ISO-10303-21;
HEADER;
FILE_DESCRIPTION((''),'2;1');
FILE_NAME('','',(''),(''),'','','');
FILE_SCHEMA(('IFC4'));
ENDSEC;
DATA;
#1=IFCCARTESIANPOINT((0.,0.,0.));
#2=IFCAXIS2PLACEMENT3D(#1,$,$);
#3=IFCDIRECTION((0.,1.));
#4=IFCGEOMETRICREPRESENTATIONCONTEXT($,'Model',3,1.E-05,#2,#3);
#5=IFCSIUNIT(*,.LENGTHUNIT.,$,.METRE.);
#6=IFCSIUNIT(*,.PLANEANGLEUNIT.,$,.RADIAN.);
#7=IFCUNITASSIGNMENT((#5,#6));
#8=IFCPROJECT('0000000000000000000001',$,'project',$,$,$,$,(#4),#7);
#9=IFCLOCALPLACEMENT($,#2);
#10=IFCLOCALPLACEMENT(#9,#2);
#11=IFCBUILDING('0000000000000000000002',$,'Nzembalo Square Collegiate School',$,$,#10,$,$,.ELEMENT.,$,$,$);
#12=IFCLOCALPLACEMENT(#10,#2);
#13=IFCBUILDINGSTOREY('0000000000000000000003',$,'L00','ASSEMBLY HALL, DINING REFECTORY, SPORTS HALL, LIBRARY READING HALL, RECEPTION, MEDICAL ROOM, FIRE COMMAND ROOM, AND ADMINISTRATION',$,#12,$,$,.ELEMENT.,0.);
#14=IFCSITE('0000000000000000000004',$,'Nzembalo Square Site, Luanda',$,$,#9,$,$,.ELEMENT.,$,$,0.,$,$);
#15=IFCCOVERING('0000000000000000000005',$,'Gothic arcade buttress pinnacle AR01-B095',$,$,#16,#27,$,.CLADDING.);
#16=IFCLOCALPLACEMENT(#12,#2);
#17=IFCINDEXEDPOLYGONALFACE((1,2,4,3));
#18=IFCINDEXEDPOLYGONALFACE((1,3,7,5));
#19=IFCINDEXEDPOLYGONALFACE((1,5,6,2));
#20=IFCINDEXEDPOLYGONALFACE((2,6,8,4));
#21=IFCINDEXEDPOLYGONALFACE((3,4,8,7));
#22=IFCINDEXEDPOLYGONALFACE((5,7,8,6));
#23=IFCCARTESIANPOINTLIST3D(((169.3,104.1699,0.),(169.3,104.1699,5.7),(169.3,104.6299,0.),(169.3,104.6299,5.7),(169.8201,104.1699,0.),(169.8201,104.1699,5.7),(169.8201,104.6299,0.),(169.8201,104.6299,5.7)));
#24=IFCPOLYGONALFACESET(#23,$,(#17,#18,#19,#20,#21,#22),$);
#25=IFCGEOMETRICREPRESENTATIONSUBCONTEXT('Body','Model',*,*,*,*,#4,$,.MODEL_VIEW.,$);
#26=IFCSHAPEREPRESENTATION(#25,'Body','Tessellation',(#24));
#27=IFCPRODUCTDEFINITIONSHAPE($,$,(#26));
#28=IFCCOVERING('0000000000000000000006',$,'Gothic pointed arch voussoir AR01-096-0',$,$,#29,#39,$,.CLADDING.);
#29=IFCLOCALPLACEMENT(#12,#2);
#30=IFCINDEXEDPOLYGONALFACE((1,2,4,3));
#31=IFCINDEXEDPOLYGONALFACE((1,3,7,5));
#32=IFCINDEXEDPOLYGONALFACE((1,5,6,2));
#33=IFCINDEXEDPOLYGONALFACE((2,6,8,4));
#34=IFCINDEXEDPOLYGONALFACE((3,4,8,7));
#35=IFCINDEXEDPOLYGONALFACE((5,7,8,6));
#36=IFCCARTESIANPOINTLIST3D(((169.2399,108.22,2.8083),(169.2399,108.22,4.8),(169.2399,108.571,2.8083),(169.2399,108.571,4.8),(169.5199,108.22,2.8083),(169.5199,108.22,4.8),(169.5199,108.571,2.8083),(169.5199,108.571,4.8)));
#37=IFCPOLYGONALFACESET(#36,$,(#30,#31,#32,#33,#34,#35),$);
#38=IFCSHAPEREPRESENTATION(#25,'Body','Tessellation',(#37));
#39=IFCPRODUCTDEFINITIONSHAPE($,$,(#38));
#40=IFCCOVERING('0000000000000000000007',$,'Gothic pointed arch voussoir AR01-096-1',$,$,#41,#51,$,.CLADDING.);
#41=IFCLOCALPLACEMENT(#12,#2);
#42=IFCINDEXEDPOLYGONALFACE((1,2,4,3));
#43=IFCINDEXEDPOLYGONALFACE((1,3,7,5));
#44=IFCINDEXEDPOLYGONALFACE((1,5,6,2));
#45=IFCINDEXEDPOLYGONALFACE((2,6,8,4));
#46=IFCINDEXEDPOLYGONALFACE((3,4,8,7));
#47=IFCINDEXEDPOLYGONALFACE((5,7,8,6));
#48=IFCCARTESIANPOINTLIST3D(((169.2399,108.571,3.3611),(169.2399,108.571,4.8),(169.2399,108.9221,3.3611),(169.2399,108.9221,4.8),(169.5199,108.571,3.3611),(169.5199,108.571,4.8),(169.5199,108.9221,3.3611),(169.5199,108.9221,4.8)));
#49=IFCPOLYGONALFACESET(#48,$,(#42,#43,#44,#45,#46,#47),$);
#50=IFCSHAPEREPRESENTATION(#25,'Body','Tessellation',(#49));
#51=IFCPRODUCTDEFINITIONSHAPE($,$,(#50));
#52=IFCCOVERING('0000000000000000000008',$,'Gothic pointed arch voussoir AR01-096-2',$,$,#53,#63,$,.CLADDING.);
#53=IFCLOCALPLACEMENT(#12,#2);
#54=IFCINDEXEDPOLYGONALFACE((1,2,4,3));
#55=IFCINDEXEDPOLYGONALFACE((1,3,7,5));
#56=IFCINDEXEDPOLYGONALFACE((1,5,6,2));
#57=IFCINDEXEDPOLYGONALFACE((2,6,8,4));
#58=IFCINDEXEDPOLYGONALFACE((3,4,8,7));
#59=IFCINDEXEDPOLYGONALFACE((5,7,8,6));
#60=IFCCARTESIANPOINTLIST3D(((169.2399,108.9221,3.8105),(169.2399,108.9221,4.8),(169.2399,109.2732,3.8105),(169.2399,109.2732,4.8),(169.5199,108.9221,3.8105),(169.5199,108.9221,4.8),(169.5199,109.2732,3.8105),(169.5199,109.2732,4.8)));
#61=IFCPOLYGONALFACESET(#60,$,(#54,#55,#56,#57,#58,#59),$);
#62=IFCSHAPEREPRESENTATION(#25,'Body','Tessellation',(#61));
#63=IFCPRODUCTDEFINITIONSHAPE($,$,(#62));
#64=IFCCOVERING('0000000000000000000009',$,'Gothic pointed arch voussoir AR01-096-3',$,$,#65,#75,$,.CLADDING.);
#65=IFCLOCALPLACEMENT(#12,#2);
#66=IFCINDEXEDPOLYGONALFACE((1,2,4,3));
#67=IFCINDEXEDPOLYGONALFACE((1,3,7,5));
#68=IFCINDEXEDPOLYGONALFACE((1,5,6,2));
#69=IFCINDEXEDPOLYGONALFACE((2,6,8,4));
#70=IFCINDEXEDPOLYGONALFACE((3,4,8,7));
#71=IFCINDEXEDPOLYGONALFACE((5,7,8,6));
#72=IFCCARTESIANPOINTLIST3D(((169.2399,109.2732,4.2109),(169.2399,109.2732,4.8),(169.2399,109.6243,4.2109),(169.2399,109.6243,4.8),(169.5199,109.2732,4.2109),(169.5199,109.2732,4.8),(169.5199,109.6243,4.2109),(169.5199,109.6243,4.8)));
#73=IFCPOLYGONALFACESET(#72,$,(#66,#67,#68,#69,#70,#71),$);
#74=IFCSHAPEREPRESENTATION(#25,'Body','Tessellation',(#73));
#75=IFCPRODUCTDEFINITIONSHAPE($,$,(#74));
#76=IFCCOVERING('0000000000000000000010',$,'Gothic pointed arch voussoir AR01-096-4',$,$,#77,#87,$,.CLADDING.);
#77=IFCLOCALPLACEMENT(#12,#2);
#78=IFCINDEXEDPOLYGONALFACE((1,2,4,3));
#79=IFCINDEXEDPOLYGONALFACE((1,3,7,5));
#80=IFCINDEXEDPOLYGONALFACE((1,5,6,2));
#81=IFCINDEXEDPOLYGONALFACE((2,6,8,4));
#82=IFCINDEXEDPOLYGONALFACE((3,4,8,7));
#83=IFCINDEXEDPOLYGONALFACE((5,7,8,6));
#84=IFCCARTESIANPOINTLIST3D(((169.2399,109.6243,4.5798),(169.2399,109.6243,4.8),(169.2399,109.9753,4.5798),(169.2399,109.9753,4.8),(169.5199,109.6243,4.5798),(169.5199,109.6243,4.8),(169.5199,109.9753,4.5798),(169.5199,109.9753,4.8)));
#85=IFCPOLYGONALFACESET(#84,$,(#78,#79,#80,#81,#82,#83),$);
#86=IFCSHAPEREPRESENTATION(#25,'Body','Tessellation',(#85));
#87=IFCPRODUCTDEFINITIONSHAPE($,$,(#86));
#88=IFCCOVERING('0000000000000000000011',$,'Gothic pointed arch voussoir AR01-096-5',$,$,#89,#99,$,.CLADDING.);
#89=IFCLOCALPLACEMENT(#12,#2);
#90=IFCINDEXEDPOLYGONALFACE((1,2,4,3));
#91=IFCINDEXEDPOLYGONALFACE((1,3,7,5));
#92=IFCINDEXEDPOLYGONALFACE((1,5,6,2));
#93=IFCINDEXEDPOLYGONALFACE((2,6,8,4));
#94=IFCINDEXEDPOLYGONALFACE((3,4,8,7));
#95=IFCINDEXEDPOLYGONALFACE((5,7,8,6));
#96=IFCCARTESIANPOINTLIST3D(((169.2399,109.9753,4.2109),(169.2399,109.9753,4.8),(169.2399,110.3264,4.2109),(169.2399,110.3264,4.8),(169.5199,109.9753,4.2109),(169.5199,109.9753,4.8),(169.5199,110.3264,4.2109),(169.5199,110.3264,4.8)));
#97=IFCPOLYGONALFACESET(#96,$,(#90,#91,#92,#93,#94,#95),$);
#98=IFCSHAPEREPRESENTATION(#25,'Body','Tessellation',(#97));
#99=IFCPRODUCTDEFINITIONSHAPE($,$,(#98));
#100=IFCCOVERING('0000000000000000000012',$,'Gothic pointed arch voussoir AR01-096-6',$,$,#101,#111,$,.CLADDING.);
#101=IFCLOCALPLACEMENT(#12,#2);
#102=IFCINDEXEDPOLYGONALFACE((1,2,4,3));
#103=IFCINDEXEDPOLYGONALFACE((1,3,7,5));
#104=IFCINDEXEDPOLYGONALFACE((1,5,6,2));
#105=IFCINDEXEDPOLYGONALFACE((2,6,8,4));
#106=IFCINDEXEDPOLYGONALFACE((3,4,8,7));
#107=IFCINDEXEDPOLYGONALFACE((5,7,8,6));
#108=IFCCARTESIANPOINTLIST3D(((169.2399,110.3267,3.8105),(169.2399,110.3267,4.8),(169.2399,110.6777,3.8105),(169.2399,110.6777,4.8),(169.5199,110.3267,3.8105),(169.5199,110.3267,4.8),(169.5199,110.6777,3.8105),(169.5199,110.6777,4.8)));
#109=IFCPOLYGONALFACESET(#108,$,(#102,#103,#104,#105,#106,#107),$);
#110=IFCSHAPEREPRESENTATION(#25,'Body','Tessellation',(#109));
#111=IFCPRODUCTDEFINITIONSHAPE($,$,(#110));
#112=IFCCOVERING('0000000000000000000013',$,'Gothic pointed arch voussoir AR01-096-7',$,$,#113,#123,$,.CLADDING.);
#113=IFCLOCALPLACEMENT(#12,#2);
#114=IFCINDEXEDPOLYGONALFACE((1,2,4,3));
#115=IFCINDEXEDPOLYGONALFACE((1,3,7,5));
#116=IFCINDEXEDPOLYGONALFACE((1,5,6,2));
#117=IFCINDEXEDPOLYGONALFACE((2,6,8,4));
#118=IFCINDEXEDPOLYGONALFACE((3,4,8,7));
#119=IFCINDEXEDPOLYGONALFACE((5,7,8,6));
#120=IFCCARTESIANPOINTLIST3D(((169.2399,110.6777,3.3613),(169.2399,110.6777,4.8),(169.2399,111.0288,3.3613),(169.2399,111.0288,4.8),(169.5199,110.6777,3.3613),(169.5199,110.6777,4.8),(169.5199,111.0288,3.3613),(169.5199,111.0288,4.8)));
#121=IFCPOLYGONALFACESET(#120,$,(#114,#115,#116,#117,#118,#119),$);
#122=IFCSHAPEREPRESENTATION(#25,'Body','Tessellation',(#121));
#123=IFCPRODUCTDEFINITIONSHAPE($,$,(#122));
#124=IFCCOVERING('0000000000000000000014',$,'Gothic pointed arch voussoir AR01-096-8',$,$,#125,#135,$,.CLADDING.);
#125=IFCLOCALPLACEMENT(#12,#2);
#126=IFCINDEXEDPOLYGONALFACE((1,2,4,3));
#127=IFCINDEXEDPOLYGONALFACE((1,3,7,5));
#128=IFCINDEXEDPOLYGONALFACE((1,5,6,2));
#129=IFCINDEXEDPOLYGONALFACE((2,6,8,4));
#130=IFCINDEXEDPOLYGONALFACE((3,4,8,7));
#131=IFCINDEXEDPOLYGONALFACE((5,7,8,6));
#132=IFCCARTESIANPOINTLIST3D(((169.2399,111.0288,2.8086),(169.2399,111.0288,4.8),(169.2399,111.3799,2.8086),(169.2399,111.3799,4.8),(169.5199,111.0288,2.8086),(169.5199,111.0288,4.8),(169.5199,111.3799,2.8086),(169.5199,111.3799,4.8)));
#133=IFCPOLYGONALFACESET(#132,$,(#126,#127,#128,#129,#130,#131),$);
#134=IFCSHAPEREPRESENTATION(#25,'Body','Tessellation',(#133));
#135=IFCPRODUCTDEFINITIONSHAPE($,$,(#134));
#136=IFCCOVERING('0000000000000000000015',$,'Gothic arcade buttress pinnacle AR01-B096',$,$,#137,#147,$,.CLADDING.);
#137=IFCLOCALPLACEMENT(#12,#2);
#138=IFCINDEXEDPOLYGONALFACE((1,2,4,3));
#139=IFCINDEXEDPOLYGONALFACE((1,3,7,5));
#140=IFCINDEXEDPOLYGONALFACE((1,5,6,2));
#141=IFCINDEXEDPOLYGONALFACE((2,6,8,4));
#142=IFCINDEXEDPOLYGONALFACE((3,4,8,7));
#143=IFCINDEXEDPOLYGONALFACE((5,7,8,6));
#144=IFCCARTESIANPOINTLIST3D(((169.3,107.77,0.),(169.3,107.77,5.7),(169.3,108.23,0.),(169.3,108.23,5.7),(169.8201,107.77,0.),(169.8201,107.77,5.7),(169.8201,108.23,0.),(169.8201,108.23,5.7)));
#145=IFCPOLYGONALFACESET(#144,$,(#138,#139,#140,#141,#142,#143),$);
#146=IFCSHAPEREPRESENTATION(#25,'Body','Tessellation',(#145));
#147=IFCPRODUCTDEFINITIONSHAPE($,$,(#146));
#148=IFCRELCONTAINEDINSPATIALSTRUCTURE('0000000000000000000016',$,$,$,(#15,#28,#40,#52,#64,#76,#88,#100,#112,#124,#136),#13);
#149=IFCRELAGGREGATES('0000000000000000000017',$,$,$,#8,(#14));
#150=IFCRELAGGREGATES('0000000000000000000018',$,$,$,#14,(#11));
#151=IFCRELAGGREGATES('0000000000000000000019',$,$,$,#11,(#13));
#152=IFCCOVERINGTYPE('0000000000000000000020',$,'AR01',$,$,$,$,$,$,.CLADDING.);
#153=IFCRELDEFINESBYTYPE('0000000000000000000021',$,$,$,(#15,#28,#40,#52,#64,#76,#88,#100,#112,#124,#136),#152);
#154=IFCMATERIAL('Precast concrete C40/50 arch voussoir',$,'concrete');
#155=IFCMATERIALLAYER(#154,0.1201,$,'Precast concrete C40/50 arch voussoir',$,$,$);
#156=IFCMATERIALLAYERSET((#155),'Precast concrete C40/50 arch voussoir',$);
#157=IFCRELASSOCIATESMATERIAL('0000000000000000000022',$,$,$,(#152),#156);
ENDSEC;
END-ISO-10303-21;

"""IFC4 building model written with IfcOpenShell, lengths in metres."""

from ifc_helpers import new_model, si_unit, direction, frame, origin, origin_2d, place, context, subcontext, project, spatial, rectangle, extrude, material, layer, layer_set, type_object, element, save


model = new_model("IFC4")

# Units and contexts
model_context = context("Model", 3, precision=1e-05, world=origin(), true_north=direction((0.0, 1.0)))
body_context = subcontext(model_context, "Body", "Model", "MODEL_VIEW")
ifc_project = project(units=[si_unit("LENGTHUNIT", "METRE"), si_unit("PLANEANGLEUNIT", "RADIAN")], contexts=[model_context])

# Site, building, storey
site_placement = place(None, origin())
site = spatial("IfcSite", under=ifc_project, at=site_placement, Name="Nzembalo Square Site, Luanda", CompositionType="ELEMENT", RefElevation=0.0)
building_placement = place(site_placement, origin())
building = spatial("IfcBuilding", under=site, at=building_placement, Name="Nzembalo Square Collegiate School", CompositionType="ELEMENT")
storey_placement = place(building_placement, origin())
storey = spatial("IfcBuildingStorey", under=building, at=storey_placement, Name="L00", Description="ASSEMBLY HALL, DINING REFECTORY, SPORTS HALL, LIBRARY READING HALL, RECEPTION, MEDICAL ROOM, FIRE COMMAND ROOM, AND ADMINISTRATION", CompositionType="ELEMENT", Elevation=0.0)

# Coverings
ifc_material_1 = material(Name="Precast concrete C40/50 arch voussoir", Category="concrete")
ifc_layer_1 = layer(ifc_material_1, 0.1201, Name="Precast concrete C40/50 arch voussoir")
ifc_layer_set_1 = layer_set([ifc_layer_1], Name="Precast concrete C40/50 arch voussoir")
covering_type = type_object("IfcCoveringType", Name="AR01", PredefinedType="CLADDING", material=ifc_layer_set_1)
covering_1_placement = place(storey_placement, frame((169.5601, 104.3999, 0.0), z_axis=(0.0, 0.0, 1.0), x_axis=(1.0, 0.0, 0.0)))
element("IfcCovering", 1, at=covering_1_placement, inside=storey, type_object=covering_type, Name="Gothic arcade buttress pinnacle AR01-B095", PredefinedType="CLADDING", context=body_context, shape_type="SweptSolid", body=[
    extrude(rectangle(XDim=0.52, YDim=0.46, at=origin_2d()), origin(), (0.0, 0.0, 1.0), 5.7),
])
covering_2_placement = place(storey_placement, frame((169.3799, 108.3955, 2.8083), z_axis=(0.0, 0.0, 1.0), x_axis=(1.0, 0.0, 0.0)))
element("IfcCovering", 2, at=covering_2_placement, inside=storey, type_object=covering_type, Name="Gothic pointed arch voussoir AR01-096-0", PredefinedType="CLADDING", context=body_context, shape_type="SweptSolid", body=[
    extrude(rectangle(XDim=0.28, YDim=0.3511, at=origin_2d()), origin(), (0.0, 0.0, 1.0), 1.9917),
])
covering_3_placement = place(storey_placement, frame((169.3799, 108.7466, 3.3611), z_axis=(0.0, 0.0, 1.0), x_axis=(1.0, 0.0, 0.0)))
element("IfcCovering", 3, at=covering_3_placement, inside=storey, type_object=covering_type, Name="Gothic pointed arch voussoir AR01-096-1", PredefinedType="CLADDING", context=body_context, shape_type="SweptSolid", body=[
    extrude(rectangle(XDim=0.28, YDim=0.3511, at=origin_2d()), origin(), (0.0, 0.0, 1.0), 1.439),
])
covering_4_placement = place(storey_placement, frame((169.3799, 109.0977, 3.8105), z_axis=(0.0, 0.0, 1.0), x_axis=(1.0, 0.0, 0.0)))
element("IfcCovering", 4, at=covering_4_placement, inside=storey, type_object=covering_type, Name="Gothic pointed arch voussoir AR01-096-2", PredefinedType="CLADDING", context=body_context, shape_type="SweptSolid", body=[
    extrude(rectangle(XDim=0.28, YDim=0.3511, at=origin_2d()), origin(), (0.0, 0.0, 1.0), 0.9895),
])
covering_5_placement = place(storey_placement, frame((169.3799, 109.4487, 4.2109), z_axis=(0.0, 0.0, 1.0), x_axis=(1.0, 0.0, 0.0)))
element("IfcCovering", 5, at=covering_5_placement, inside=storey, type_object=covering_type, Name="Gothic pointed arch voussoir AR01-096-3", PredefinedType="CLADDING", context=body_context, shape_type="SweptSolid", body=[
    extrude(rectangle(XDim=0.28, YDim=0.3511, at=origin_2d()), origin(), (0.0, 0.0, 1.0), 0.5891),
])
covering_6_placement = place(storey_placement, frame((169.3799, 109.7998, 4.5798), z_axis=(0.0, 0.0, 1.0), x_axis=(1.0, 0.0, 0.0)))
element("IfcCovering", 6, at=covering_6_placement, inside=storey, type_object=covering_type, Name="Gothic pointed arch voussoir AR01-096-4", PredefinedType="CLADDING", context=body_context, shape_type="SweptSolid", body=[
    extrude(rectangle(XDim=0.28, YDim=0.3511, at=origin_2d()), origin(), (0.0, 0.0, 1.0), 0.2202),
])
covering_7_placement = place(storey_placement, frame((169.3799, 110.1509, 4.2109), z_axis=(0.0, 0.0, 1.0), x_axis=(1.0, 0.0, 0.0)))
element("IfcCovering", 7, at=covering_7_placement, inside=storey, type_object=covering_type, Name="Gothic pointed arch voussoir AR01-096-5", PredefinedType="CLADDING", context=body_context, shape_type="SweptSolid", body=[
    extrude(rectangle(XDim=0.28, YDim=0.3511, at=origin_2d()), origin(), (0.0, 0.0, 1.0), 0.5891),
])
covering_8_placement = place(storey_placement, frame((169.3799, 110.5022, 3.8105), z_axis=(0.0, 0.0, 1.0), x_axis=(1.0, 0.0, 0.0)))
element("IfcCovering", 8, at=covering_8_placement, inside=storey, type_object=covering_type, Name="Gothic pointed arch voussoir AR01-096-6", PredefinedType="CLADDING", context=body_context, shape_type="SweptSolid", body=[
    extrude(rectangle(XDim=0.28, YDim=0.3511, at=origin_2d()), origin(), (0.0, 0.0, 1.0), 0.9895),
])
covering_9_placement = place(storey_placement, frame((169.3799, 110.8533, 3.3613), z_axis=(0.0, 0.0, 1.0), x_axis=(1.0, 0.0, 0.0)))
element("IfcCovering", 9, at=covering_9_placement, inside=storey, type_object=covering_type, Name="Gothic pointed arch voussoir AR01-096-7", PredefinedType="CLADDING", context=body_context, shape_type="SweptSolid", body=[
    extrude(rectangle(XDim=0.28, YDim=0.3511, at=origin_2d()), origin(), (0.0, 0.0, 1.0), 1.4387),
])
covering_10_placement = place(storey_placement, frame((169.3799, 111.2043, 2.8086), z_axis=(0.0, 0.0, 1.0), x_axis=(1.0, 0.0, 0.0)))
element("IfcCovering", 10, at=covering_10_placement, inside=storey, type_object=covering_type, Name="Gothic pointed arch voussoir AR01-096-8", PredefinedType="CLADDING", context=body_context, shape_type="SweptSolid", body=[
    extrude(rectangle(XDim=0.28, YDim=0.3511, at=origin_2d()), origin(), (0.0, 0.0, 1.0), 1.9915),
])
covering_11_placement = place(storey_placement, frame((169.5601, 108.0, 0.0), z_axis=(0.0, 0.0, 1.0), x_axis=(1.0, 0.0, 0.0)))
element("IfcCovering", 11, at=covering_11_placement, inside=storey, type_object=covering_type, Name="Gothic arcade buttress pinnacle AR01-B096", PredefinedType="CLADDING", context=body_context, shape_type="SweptSolid", body=[
    extrude(rectangle(XDim=0.52, YDim=0.46, at=origin_2d()), origin(), (0.0, 0.0, 1.0), 5.7),
])

save(model, "model.ifc")
